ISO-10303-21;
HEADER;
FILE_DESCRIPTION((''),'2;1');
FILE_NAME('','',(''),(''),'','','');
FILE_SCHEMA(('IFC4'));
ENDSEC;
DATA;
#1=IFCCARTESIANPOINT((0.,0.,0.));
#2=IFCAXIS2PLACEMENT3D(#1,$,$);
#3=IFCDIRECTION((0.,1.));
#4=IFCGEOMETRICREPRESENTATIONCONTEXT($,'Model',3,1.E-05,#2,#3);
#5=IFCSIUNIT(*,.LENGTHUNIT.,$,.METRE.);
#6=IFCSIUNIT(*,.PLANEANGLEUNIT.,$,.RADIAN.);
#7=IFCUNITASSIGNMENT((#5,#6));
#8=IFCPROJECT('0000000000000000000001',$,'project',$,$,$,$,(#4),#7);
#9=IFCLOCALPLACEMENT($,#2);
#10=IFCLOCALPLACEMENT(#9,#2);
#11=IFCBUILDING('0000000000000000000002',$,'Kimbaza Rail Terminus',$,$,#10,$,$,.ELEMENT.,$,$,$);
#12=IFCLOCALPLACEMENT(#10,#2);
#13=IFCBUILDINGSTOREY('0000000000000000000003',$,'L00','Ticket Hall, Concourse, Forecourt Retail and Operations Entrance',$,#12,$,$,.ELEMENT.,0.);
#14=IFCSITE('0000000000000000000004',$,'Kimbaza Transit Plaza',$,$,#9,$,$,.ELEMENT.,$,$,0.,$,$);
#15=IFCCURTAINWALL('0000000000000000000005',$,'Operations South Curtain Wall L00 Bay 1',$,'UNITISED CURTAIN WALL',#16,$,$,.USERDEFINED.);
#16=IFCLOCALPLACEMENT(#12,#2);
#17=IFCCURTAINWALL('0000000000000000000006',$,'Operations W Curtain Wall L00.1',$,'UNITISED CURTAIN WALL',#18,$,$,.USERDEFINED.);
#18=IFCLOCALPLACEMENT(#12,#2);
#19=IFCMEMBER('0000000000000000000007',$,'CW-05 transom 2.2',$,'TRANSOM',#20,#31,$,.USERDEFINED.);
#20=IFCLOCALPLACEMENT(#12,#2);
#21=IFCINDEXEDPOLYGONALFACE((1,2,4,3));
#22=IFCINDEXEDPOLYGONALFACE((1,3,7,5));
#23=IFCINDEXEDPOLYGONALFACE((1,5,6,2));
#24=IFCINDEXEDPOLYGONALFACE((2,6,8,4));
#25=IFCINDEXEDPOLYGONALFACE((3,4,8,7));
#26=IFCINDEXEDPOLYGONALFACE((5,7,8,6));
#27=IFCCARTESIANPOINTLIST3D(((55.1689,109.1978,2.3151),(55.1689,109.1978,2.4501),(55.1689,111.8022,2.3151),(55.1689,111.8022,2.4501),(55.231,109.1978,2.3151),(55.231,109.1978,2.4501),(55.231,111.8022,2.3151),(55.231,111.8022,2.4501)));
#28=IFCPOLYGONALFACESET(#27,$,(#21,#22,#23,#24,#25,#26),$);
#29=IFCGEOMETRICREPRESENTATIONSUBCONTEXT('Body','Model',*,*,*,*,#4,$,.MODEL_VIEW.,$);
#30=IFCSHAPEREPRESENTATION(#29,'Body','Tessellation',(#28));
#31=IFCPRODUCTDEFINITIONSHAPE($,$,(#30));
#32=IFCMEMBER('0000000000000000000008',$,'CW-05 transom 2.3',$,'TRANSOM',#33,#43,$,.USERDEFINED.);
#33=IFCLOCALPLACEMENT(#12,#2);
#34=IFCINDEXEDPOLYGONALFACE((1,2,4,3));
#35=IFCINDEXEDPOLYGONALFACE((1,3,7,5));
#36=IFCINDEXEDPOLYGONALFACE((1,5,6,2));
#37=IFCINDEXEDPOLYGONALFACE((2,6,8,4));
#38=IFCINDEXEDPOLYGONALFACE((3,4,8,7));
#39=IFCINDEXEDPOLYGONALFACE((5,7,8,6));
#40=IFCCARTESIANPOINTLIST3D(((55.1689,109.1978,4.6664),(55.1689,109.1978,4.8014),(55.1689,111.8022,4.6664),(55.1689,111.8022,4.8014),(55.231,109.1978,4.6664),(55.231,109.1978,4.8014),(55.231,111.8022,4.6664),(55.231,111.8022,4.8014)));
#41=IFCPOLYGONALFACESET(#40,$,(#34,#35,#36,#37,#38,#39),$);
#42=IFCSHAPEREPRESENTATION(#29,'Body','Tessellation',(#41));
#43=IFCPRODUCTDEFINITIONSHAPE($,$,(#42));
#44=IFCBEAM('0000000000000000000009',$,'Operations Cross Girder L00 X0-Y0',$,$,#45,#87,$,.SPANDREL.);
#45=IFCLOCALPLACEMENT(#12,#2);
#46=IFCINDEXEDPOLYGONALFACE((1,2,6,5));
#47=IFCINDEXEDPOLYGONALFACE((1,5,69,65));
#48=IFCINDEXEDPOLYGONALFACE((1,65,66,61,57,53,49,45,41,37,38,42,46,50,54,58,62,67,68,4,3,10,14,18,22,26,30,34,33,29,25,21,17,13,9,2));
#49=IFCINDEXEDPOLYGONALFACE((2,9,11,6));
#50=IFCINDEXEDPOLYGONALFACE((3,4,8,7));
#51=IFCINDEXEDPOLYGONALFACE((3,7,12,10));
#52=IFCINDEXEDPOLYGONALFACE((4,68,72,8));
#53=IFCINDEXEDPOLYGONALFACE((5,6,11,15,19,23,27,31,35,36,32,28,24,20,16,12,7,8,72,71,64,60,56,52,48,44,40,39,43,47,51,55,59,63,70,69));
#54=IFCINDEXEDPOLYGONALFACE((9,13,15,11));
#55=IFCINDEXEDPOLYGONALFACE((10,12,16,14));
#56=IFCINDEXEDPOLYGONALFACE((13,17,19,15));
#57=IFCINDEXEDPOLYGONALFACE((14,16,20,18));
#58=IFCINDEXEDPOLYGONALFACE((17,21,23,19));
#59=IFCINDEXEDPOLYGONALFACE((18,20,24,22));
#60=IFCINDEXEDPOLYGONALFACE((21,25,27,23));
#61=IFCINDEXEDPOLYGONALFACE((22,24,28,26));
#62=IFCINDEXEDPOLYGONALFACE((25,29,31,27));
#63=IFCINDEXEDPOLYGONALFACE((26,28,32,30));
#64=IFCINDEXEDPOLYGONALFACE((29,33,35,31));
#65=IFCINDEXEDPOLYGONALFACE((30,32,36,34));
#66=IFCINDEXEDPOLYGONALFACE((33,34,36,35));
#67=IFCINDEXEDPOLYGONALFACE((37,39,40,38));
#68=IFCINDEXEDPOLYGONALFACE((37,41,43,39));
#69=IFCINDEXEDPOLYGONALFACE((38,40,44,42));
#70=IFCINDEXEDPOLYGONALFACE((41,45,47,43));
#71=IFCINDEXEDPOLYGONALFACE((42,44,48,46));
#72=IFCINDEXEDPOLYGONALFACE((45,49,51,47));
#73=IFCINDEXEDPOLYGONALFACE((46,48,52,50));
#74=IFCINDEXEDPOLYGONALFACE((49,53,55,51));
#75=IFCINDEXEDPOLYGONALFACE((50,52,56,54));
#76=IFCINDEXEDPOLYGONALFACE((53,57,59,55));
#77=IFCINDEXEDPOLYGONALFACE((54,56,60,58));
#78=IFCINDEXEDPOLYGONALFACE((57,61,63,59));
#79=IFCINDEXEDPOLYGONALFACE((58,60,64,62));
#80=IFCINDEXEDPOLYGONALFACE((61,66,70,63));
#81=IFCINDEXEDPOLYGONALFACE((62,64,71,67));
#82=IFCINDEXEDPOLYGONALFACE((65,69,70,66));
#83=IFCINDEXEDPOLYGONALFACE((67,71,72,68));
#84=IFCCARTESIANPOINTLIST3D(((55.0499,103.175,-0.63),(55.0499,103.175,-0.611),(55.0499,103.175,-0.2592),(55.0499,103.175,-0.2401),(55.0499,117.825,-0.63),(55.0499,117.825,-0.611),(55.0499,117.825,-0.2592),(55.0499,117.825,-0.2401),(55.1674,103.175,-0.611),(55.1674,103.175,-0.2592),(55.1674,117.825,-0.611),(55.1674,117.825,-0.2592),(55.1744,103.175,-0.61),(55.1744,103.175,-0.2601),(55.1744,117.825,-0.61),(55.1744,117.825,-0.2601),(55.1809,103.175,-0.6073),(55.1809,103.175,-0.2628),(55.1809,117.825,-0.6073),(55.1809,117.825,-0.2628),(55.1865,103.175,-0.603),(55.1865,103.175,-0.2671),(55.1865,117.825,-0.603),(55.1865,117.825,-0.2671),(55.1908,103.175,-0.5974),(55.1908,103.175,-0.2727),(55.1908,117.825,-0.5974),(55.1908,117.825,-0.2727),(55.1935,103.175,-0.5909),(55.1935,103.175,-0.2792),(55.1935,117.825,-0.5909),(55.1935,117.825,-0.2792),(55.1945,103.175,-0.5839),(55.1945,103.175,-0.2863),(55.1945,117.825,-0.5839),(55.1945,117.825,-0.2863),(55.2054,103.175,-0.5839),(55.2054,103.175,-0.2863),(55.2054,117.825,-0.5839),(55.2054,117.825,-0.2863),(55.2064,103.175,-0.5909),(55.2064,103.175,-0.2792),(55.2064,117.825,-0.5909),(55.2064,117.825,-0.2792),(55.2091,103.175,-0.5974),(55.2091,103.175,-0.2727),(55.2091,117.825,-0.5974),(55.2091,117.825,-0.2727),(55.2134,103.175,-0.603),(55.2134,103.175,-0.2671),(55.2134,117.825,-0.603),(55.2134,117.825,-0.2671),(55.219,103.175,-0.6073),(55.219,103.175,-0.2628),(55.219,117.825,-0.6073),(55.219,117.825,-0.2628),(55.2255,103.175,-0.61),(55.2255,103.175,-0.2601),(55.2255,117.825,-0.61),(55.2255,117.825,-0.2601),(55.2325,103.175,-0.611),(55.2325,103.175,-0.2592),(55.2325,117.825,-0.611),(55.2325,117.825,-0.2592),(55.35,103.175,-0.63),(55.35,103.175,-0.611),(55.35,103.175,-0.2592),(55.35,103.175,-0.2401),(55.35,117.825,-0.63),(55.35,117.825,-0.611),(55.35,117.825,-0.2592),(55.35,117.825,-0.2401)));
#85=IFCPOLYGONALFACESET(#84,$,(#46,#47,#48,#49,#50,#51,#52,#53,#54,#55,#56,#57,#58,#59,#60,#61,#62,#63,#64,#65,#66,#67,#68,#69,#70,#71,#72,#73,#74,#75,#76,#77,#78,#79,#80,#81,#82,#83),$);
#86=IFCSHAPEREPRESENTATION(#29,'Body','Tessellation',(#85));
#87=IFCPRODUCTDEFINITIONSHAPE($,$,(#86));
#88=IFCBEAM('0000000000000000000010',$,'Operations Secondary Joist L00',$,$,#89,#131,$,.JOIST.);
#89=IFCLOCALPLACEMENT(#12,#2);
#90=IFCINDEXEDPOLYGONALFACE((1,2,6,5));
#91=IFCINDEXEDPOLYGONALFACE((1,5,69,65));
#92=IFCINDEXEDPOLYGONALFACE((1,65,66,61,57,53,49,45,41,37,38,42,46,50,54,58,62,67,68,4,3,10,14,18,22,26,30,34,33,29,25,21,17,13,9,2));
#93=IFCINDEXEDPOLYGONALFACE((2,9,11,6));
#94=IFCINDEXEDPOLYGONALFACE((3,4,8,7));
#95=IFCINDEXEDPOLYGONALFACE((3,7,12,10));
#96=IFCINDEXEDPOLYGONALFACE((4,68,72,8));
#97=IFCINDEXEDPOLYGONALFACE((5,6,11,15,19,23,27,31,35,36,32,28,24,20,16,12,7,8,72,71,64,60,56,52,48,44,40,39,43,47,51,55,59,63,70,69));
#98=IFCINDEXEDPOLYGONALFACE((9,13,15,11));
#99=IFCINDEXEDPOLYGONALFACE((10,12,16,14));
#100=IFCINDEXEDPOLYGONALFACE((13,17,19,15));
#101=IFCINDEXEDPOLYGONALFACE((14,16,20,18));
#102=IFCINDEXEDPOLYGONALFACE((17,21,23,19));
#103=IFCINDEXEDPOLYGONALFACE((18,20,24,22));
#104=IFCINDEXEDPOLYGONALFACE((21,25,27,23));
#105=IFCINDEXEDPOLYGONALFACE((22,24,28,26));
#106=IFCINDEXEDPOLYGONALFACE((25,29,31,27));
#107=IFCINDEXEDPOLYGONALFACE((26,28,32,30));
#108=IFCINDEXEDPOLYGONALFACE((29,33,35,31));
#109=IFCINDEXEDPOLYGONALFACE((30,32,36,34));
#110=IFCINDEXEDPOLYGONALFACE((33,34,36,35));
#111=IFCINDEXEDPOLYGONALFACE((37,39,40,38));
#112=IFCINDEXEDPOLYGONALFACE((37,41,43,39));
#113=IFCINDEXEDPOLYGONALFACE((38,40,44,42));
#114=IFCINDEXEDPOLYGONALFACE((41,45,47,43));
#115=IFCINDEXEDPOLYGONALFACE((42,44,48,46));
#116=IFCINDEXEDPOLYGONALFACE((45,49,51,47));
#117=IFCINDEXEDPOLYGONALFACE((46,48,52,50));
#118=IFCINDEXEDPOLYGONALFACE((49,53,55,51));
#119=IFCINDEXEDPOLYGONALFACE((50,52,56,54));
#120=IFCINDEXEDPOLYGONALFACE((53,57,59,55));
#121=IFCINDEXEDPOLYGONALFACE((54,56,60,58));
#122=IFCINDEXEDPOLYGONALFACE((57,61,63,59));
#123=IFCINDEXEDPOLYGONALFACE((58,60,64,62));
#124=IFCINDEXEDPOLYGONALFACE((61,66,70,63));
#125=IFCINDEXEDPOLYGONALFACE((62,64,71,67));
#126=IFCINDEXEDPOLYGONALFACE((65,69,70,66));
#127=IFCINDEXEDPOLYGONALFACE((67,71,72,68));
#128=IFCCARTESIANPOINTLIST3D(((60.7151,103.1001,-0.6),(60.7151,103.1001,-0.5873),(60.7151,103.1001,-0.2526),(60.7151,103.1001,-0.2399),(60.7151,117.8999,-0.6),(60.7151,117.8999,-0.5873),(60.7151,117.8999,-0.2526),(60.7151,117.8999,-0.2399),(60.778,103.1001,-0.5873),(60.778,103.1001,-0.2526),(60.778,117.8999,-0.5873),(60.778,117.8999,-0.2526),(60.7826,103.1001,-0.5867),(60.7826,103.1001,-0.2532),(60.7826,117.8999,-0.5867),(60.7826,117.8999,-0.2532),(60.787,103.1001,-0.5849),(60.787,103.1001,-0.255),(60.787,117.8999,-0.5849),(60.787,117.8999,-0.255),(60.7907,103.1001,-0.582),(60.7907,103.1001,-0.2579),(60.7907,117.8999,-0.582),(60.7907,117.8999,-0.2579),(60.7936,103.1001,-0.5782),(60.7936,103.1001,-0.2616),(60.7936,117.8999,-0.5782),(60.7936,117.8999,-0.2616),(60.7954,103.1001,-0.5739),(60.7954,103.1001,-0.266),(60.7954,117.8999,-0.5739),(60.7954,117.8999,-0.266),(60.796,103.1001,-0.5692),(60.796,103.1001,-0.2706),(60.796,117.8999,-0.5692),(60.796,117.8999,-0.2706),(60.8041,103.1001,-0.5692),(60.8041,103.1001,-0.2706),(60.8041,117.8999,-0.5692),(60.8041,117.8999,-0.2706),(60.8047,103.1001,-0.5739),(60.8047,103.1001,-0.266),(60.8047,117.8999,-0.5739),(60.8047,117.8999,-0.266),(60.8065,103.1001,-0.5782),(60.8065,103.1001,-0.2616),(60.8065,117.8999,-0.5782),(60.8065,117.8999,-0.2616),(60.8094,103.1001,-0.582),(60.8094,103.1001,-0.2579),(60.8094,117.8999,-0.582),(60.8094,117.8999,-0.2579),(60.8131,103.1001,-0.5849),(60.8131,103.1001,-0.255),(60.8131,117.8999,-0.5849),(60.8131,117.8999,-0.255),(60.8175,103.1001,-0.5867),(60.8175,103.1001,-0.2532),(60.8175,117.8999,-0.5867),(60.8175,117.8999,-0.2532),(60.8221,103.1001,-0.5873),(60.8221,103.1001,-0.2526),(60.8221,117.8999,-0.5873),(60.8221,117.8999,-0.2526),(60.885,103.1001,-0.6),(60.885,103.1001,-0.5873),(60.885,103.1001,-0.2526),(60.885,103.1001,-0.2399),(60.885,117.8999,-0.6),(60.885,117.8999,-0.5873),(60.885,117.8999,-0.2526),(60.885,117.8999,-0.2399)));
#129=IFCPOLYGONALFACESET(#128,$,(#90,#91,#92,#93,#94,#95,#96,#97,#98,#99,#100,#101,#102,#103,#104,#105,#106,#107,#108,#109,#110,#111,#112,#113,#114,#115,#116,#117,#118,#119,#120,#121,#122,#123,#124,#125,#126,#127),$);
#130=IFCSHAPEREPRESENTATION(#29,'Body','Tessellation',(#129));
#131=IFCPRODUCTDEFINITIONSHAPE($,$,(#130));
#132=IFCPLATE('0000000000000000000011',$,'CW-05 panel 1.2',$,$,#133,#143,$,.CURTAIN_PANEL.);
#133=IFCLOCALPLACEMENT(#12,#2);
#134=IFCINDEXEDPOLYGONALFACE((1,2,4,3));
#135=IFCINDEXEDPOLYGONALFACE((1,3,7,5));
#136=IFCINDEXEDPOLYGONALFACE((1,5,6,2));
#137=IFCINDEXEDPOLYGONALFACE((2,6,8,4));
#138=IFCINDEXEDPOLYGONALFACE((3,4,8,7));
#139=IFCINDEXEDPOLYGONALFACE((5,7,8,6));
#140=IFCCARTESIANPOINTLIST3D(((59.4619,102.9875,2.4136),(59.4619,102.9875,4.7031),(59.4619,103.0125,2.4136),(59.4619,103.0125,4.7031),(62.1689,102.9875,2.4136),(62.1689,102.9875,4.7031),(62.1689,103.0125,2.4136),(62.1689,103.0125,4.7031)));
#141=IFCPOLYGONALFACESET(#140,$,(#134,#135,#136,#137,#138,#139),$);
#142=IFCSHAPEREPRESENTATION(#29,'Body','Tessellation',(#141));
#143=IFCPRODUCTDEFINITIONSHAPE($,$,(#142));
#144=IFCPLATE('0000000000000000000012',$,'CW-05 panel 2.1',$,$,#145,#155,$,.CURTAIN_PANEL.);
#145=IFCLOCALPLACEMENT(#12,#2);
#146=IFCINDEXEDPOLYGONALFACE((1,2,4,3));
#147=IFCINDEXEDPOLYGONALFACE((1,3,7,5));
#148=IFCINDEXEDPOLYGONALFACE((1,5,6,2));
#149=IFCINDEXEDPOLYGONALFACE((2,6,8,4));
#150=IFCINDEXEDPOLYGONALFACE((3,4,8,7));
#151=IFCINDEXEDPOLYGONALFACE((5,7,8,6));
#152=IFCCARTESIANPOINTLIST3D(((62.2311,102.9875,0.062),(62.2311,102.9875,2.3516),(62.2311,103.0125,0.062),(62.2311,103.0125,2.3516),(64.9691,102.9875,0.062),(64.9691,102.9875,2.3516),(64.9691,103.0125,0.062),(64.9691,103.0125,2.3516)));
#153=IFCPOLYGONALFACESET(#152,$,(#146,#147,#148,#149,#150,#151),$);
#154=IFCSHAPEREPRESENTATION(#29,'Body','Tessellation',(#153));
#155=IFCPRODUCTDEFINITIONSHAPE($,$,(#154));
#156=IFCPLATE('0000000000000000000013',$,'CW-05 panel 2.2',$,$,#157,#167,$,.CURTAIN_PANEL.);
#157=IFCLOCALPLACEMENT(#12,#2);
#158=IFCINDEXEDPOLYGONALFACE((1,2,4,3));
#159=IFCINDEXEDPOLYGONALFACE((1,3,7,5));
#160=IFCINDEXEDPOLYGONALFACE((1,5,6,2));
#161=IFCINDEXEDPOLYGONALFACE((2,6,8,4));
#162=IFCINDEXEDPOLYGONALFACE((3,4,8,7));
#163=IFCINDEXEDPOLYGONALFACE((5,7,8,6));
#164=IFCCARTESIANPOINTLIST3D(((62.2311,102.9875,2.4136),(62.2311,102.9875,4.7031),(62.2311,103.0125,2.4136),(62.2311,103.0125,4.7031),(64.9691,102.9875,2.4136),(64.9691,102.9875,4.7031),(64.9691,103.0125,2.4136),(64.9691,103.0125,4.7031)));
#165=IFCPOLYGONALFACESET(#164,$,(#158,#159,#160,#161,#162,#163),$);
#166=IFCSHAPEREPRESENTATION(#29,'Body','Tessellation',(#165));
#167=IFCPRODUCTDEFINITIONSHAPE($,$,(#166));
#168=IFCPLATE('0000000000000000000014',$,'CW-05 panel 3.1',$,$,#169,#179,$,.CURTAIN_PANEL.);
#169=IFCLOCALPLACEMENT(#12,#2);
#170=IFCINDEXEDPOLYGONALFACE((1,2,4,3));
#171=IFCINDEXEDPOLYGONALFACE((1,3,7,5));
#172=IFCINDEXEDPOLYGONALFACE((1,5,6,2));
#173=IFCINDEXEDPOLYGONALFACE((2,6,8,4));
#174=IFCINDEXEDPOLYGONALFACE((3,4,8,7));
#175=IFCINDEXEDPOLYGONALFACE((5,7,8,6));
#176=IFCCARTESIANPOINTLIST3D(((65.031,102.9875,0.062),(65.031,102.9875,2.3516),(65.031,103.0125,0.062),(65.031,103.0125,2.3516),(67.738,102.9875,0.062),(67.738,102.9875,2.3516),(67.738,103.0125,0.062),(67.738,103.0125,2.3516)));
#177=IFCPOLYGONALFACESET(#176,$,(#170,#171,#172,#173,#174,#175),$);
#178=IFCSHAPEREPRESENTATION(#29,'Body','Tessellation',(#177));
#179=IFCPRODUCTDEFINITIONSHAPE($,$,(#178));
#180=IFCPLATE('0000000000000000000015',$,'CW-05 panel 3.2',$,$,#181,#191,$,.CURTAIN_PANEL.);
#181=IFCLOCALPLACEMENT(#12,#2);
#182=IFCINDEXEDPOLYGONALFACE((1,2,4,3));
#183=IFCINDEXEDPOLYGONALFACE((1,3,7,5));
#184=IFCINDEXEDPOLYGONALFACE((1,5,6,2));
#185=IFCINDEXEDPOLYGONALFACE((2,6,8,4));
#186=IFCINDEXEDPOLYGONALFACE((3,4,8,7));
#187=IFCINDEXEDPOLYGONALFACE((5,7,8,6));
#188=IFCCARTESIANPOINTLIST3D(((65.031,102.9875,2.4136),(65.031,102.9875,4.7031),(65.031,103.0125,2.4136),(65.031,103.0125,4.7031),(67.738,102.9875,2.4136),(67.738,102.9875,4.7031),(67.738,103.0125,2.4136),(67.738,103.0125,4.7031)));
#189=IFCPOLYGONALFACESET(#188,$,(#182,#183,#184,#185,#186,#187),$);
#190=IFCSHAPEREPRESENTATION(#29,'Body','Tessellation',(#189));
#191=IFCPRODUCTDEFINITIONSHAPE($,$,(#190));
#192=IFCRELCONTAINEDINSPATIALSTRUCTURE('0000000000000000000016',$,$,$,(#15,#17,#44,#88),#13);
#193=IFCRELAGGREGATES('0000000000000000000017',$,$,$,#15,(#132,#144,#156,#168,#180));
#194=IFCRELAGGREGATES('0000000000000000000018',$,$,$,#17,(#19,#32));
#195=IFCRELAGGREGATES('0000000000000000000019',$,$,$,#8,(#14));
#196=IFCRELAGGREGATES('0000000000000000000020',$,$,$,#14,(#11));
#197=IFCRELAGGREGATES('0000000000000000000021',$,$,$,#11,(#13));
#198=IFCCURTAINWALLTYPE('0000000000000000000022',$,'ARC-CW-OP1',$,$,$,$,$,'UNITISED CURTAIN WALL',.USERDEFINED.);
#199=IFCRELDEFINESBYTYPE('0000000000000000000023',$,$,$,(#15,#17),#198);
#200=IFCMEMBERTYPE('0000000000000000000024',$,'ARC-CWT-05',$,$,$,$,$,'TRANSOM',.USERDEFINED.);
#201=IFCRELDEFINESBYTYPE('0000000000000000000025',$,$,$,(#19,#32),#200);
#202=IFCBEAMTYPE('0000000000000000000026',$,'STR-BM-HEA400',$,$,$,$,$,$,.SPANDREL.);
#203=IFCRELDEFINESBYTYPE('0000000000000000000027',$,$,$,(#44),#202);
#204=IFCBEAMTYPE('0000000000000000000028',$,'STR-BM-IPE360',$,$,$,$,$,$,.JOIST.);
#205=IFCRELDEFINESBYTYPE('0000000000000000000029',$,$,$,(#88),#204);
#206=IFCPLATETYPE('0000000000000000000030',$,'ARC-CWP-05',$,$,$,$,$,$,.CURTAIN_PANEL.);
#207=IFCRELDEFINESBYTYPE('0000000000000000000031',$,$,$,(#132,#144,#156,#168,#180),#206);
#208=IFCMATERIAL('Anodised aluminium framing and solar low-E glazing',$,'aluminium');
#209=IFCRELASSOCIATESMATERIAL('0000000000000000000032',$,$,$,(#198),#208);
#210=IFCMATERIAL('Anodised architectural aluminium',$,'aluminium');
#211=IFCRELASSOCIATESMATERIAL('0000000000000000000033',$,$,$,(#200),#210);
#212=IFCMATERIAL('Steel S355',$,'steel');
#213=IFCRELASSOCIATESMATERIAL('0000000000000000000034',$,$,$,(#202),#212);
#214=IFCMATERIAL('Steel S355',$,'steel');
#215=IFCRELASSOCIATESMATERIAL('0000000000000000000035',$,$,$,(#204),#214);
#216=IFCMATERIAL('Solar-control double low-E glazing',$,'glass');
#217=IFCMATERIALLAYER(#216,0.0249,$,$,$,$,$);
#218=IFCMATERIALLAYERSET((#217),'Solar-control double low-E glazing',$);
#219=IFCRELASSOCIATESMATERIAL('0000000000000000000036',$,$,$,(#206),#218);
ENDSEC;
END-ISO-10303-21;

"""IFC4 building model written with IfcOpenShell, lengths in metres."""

from ifc_helpers import new_model, si_unit, direction, frame, origin, origin_2d, place, context, subcontext, project, spatial, rectangle, i_section, extrude, material, layer, layer_set, material_profile, profile_set, type_object, element, aggregate, save


model = new_model("IFC4")

# Units and contexts
model_context = context("Model", 3, precision=1e-05, world=origin(), true_north=direction((0.0, 1.0)))
body_context = subcontext(model_context, "Body", "Model", "MODEL_VIEW")
ifc_project = project(units=[si_unit("LENGTHUNIT", "METRE"), si_unit("PLANEANGLEUNIT", "RADIAN")], contexts=[model_context])

# Site, building, storey
site_placement = place(None, origin())
site = spatial("IfcSite", under=ifc_project, at=site_placement, Name="Kimbaza Transit Plaza", CompositionType="ELEMENT", RefElevation=0.0)
building_placement = place(site_placement, origin())
building = spatial("IfcBuilding", under=site, at=building_placement, Name="Kimbaza Rail Terminus", CompositionType="ELEMENT")
storey_placement = place(building_placement, origin())
storey = spatial("IfcBuildingStorey", under=building, at=storey_placement, Name="L00", Description="Ticket Hall, Concourse, Forecourt Retail and Operations Entrance", CompositionType="ELEMENT", Elevation=0.0)

# Curtain walls
ifc_material_1 = material(Name="Anodised aluminium framing and solar low-E glazing", Category="aluminium")
curtain_wall_type = type_object("IfcCurtainWallType", Name="ARC-CW-OP1", ElementType="UNITISED CURTAIN WALL", PredefinedType="USERDEFINED", material=ifc_material_1)
curtain_wall_1_placement = place(storey_placement, origin())
curtain_wall_1 = element("IfcCurtainWall", 1, at=curtain_wall_1_placement, inside=storey, type_object=curtain_wall_type, Name="Operations South Curtain Wall L00 Bay 1", ObjectType="UNITISED CURTAIN WALL", PredefinedType="USERDEFINED")
curtain_wall_2_placement = place(storey_placement, origin())
curtain_wall_2 = element("IfcCurtainWall", 2, at=curtain_wall_2_placement, inside=storey, type_object=curtain_wall_type, Name="Operations W Curtain Wall L00.1", ObjectType="UNITISED CURTAIN WALL", PredefinedType="USERDEFINED")

# Members
ifc_material_2 = material(Name="Anodised architectural aluminium", Category="aluminium")
ifc_material_profile_1 = material_profile(ifc_material_2, rectangle(XDim=0.062, YDim=0.135, at=origin_2d()), Name="TRANSOM 62x135")
ifc_profile_set_1 = profile_set([ifc_material_profile_1], Name="Anodised architectural aluminium")
member_type_1 = type_object("IfcMemberType", Name="ARC-CWT-05", ElementType="TRANSOM", PredefinedType="USERDEFINED", material=ifc_profile_set_1)
member_1_placement = place(storey_placement, frame((55.2, 109.1978, 2.3826), z_axis=(0.0, 1.0, 0.0), x_axis=(-1.0, 0.0, 0.0)))
member_1 = element("IfcMember", 3, at=member_1_placement, type_object=member_type_1, Name="CW-05 transom 2.2", ObjectType="TRANSOM", PredefinedType="USERDEFINED", context=body_context, shape_type="SweptSolid", body=[
    extrude(rectangle(XDim=0.062, YDim=0.135, at=origin_2d()), origin(), (0.0, 0.0, 1.0), 2.6045),
])
member_2_placement = place(storey_placement, frame((55.2, 109.1978, 4.7339), z_axis=(0.0, 1.0, 0.0), x_axis=(-1.0, 0.0, 0.0)))
member_2 = element("IfcMember", 4, at=member_2_placement, type_object=member_type_1, Name="CW-05 transom 2.3", ObjectType="TRANSOM", PredefinedType="USERDEFINED", context=body_context, shape_type="SweptSolid", body=[
    extrude(rectangle(XDim=0.062, YDim=0.135, at=origin_2d()), origin(), (0.0, 0.0, 1.0), 2.6045),
])

# Beams
ifc_material_3 = material(Name="Steel S355", Category="steel")
ifc_material_profile_2 = material_profile(ifc_material_3, i_section(OverallWidth=0.3, OverallDepth=0.3899, WebThickness=0.011, FlangeThickness=0.019, FilletRadius=0.0271, at=origin_2d()), Name="HEA 400")
ifc_profile_set_2 = profile_set([ifc_material_profile_2], Name="Steel S355")
beam_type_1 = type_object("IfcBeamType", Name="STR-BM-HEA400", PredefinedType="SPANDREL", material=ifc_profile_set_2)
beam_1_placement = place(storey_placement, frame((55.2, 103.175, -0.4351), z_axis=(0.0, 1.0, 0.0), x_axis=(-1.0, 0.0, 0.0)))
element("IfcBeam", 5, at=beam_1_placement, inside=storey, type_object=beam_type_1, Name="Operations Cross Girder L00 X0-Y0", PredefinedType="SPANDREL", context=body_context, shape_type="SweptSolid", body=[
    extrude(i_section(OverallWidth=0.3, OverallDepth=0.3899, WebThickness=0.011, FlangeThickness=0.019, FilletRadius=0.0271, at=origin_2d()), origin(), (0.0, 0.0, 1.0), 14.6499),
])
ifc_material_4 = material(Name="Steel S355", Category="steel")
ifc_material_profile_3 = material_profile(ifc_material_4, i_section(OverallWidth=0.1699, OverallDepth=0.3601, WebThickness=0.0081, FlangeThickness=0.0127, FilletRadius=0.0181, at=origin_2d()), Name="IPE 360")
ifc_profile_set_3 = profile_set([ifc_material_profile_3], Name="Steel S355")
beam_type_2 = type_object("IfcBeamType", Name="STR-BM-IPE360", PredefinedType="JOIST", material=ifc_profile_set_3)
beam_2_placement = place(storey_placement, frame((60.8, 103.1001, -0.4199), z_axis=(0.0, 1.0, 0.0), x_axis=(-1.0, 0.0, 0.0)))
element("IfcBeam", 6, at=beam_2_placement, inside=storey, type_object=beam_type_2, Name="Operations Secondary Joist L00", PredefinedType="JOIST", context=body_context, shape_type="SweptSolid", body=[
    extrude(i_section(OverallWidth=0.1699, OverallDepth=0.3601, WebThickness=0.0081, FlangeThickness=0.0127, FilletRadius=0.0181, at=origin_2d()), origin(), (0.0, 0.0, 1.0), 14.7998),
])

# Plates
ifc_material_5 = material(Name="Solar-control double low-E glazing", Category="glass")
ifc_layer_1 = layer(ifc_material_5, 0.0249)
ifc_layer_set_1 = layer_set([ifc_layer_1], Name="Solar-control double low-E glazing")
plate_type = type_object("IfcPlateType", Name="ARC-CWP-05", PredefinedType="CURTAIN_PANEL", material=ifc_layer_set_1)
plate_1_placement = place(storey_placement, frame((60.8154, 103.0, 2.4136), z_axis=(0.0, 0.0, 1.0), x_axis=(1.0, 0.0, 0.0)))
plate_1 = element("IfcPlate", 7, at=plate_1_placement, type_object=plate_type, Name="CW-05 panel 1.2", PredefinedType="CURTAIN_PANEL", context=body_context, shape_type="SweptSolid", body=[
    extrude(rectangle(XDim=2.707, YDim=0.0249, at=origin_2d()), origin(), (0.0, 0.0, 1.0), 2.2896),
])
plate_2_placement = place(storey_placement, frame((63.6001, 103.0, 0.062), z_axis=(0.0, 0.0, 1.0), x_axis=(1.0, 0.0, 0.0)))
plate_2 = element("IfcPlate", 8, at=plate_2_placement, type_object=plate_type, Name="CW-05 panel 2.1", PredefinedType="CURTAIN_PANEL", context=body_context, shape_type="SweptSolid", body=[
    extrude(rectangle(XDim=2.738, YDim=0.0249, at=origin_2d()), origin(), (0.0, 0.0, 1.0), 2.2896),
])
plate_3_placement = place(storey_placement, frame((63.6001, 103.0, 2.4136), z_axis=(0.0, 0.0, 1.0), x_axis=(1.0, 0.0, 0.0)))
plate_3 = element("IfcPlate", 9, at=plate_3_placement, type_object=plate_type, Name="CW-05 panel 2.2", PredefinedType="CURTAIN_PANEL", context=body_context, shape_type="SweptSolid", body=[
    extrude(rectangle(XDim=2.738, YDim=0.0249, at=origin_2d()), origin(), (0.0, 0.0, 1.0), 2.2896),
])
plate_4_placement = place(storey_placement, frame((66.3845, 103.0, 0.062), z_axis=(0.0, 0.0, 1.0), x_axis=(1.0, 0.0, 0.0)))
plate_4 = element("IfcPlate", 10, at=plate_4_placement, type_object=plate_type, Name="CW-05 panel 3.1", PredefinedType="CURTAIN_PANEL", context=body_context, shape_type="SweptSolid", body=[
    extrude(rectangle(XDim=2.707, YDim=0.0249, at=origin_2d()), origin(), (0.0, 0.0, 1.0), 2.2896),
])
plate_5_placement = place(storey_placement, frame((66.3845, 103.0, 2.4136), z_axis=(0.0, 0.0, 1.0), x_axis=(1.0, 0.0, 0.0)))
plate_5 = element("IfcPlate", 11, at=plate_5_placement, type_object=plate_type, Name="CW-05 panel 3.2", PredefinedType="CURTAIN_PANEL", context=body_context, shape_type="SweptSolid", body=[
    extrude(rectangle(XDim=2.707, YDim=0.0249, at=origin_2d()), origin(), (0.0, 0.0, 1.0), 2.2896),
])
aggregate(curtain_wall_1, [plate_1, plate_2, plate_3, plate_4, plate_5])
aggregate(curtain_wall_2, [member_1, member_2])

save(model, "model.ifc")
